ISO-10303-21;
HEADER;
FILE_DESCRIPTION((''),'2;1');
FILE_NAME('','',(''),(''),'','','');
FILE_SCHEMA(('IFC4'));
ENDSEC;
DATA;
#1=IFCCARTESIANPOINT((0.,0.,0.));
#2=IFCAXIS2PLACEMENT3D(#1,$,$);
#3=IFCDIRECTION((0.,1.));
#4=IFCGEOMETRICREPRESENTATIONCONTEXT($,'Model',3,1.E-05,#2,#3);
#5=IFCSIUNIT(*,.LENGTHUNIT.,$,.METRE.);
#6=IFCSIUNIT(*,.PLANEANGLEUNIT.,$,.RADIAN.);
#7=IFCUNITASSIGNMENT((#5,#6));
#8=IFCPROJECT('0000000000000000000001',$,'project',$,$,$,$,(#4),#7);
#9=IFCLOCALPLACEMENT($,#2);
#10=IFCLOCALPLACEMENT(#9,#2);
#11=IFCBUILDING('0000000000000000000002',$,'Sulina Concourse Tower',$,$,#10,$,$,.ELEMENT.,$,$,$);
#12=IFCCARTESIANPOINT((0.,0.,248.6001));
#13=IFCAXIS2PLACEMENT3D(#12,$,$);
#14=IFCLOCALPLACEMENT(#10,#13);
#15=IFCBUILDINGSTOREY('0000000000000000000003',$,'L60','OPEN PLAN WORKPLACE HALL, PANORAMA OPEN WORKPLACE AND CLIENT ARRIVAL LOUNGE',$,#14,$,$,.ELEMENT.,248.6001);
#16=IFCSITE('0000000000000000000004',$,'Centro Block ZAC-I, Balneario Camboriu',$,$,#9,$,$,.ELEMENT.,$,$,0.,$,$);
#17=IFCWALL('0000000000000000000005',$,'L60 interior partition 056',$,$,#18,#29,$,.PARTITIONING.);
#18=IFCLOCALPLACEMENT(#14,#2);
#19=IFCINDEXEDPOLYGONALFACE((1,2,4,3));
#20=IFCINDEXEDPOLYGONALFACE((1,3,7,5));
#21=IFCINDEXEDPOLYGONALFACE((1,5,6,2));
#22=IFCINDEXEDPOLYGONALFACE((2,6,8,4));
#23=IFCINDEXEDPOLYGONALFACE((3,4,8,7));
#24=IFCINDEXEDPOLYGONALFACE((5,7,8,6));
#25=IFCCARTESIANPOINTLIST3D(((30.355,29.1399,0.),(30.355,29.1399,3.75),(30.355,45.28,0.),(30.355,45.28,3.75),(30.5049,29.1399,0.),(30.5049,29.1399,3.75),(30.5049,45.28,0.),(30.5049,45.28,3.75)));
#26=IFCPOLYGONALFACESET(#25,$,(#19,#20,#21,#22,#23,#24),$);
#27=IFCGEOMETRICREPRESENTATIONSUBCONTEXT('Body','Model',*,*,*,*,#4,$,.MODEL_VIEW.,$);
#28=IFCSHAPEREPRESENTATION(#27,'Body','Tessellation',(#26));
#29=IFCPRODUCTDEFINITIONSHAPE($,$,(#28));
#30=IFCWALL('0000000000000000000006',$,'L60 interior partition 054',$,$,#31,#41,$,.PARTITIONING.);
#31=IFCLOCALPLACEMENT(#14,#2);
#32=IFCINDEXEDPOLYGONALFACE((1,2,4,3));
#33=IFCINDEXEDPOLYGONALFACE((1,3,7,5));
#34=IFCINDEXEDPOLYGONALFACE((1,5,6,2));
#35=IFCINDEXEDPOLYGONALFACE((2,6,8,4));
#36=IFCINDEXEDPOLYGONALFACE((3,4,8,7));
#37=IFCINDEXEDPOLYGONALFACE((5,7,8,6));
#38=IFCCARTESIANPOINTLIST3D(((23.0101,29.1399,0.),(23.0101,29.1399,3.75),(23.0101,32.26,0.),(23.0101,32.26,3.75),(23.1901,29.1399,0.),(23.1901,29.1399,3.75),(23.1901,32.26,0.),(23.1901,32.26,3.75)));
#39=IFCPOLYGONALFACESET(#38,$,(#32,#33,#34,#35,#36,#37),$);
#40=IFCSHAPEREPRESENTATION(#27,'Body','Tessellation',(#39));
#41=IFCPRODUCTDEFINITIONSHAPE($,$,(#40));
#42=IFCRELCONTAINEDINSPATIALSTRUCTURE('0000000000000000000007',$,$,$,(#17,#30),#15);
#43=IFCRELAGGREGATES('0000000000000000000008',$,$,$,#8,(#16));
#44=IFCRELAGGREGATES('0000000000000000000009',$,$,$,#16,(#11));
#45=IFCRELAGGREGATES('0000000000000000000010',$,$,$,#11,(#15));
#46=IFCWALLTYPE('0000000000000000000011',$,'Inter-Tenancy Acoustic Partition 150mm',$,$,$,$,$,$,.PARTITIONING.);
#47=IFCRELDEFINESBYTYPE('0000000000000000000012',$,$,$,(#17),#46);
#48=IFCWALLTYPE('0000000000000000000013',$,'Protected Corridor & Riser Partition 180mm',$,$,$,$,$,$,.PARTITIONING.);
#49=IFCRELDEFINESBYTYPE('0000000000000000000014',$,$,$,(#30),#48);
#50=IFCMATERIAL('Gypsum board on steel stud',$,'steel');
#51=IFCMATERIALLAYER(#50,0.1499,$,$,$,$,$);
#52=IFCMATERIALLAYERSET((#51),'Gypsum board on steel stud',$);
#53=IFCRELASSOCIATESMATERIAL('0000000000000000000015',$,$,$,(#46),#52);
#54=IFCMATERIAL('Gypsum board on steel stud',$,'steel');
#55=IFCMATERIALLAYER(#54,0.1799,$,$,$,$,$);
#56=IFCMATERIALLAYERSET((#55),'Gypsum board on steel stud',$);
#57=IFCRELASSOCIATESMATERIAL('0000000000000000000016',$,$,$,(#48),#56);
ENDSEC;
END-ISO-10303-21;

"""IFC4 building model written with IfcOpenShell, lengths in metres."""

from ifc_helpers import new_model, si_unit, direction, frame, frame_2d, origin, place, context, subcontext, project, spatial, rectangle, extrude, material, layer, layer_set, type_object, element, save


model = new_model("IFC4")

# Units and contexts
model_context = context("Model", 3, precision=1e-05, world=origin(), true_north=direction((0.0, 1.0)))
body_context = subcontext(model_context, "Body", "Model", "MODEL_VIEW")
ifc_project = project(units=[si_unit("LENGTHUNIT", "METRE"), si_unit("PLANEANGLEUNIT", "RADIAN")], contexts=[model_context])

# Site, building, storey
site_placement = place(None, origin())
site = spatial("IfcSite", under=ifc_project, at=site_placement, Name="Centro Block ZAC-I, Balneario Camboriu", CompositionType="ELEMENT", RefElevation=0.0)
building_placement = place(site_placement, origin())
building = spatial("IfcBuilding", under=site, at=building_placement, Name="Sulina Concourse Tower", CompositionType="ELEMENT")
storey_placement = place(building_placement, frame((0.0, 0.0, 248.6001)))
storey = spatial("IfcBuildingStorey", under=building, at=storey_placement, Name="L60", Description="OPEN PLAN WORKPLACE HALL, PANORAMA OPEN WORKPLACE AND CLIENT ARRIVAL LOUNGE", CompositionType="ELEMENT", Elevation=248.6001)

# Walls
ifc_material_1 = material(Name="Gypsum board on steel stud", Category="steel")
ifc_layer_1 = layer(ifc_material_1, 0.1499)
ifc_layer_set_1 = layer_set([ifc_layer_1], Name="Gypsum board on steel stud")
wall_type_1 = type_object("IfcWallType", Name="Inter-Tenancy Acoustic Partition 150mm", PredefinedType="PARTITIONING", material=ifc_layer_set_1)
wall_1_placement = place(storey_placement, frame((30.4299, 29.1399, 0.0), z_axis=(0.0, 0.0, 1.0), x_axis=(0.0, 1.0, 0.0)))
element("IfcWall", 1, at=wall_1_placement, inside=storey, type_object=wall_type_1, Name="L60 interior partition 056", PredefinedType="PARTITIONING", context=body_context, shape_type="SweptSolid", body=[
    extrude(rectangle(XDim=16.1401, YDim=0.1499, at=frame_2d((8.0701, 0.0))), origin(), (0.0, 0.0, 1.0), 3.75),
])
ifc_material_2 = material(Name="Gypsum board on steel stud", Category="steel")
ifc_layer_2 = layer(ifc_material_2, 0.1799)
ifc_layer_set_2 = layer_set([ifc_layer_2], Name="Gypsum board on steel stud")
wall_type_2 = type_object("IfcWallType", Name="Protected Corridor & Riser Partition 180mm", PredefinedType="PARTITIONING", material=ifc_layer_set_2)
wall_2_placement = place(storey_placement, frame((23.1001, 29.1399, 0.0), z_axis=(0.0, 0.0, 1.0), x_axis=(0.0, 1.0, 0.0)))
element("IfcWall", 2, at=wall_2_placement, inside=storey, type_object=wall_type_2, Name="L60 interior partition 054", PredefinedType="PARTITIONING", context=body_context, shape_type="SweptSolid", body=[
    extrude(rectangle(XDim=3.1201, YDim=0.1799, at=frame_2d((1.5601, 0.0))), origin(), (0.0, 0.0, 1.0), 3.75),
])

save(model, "model.ifc")
